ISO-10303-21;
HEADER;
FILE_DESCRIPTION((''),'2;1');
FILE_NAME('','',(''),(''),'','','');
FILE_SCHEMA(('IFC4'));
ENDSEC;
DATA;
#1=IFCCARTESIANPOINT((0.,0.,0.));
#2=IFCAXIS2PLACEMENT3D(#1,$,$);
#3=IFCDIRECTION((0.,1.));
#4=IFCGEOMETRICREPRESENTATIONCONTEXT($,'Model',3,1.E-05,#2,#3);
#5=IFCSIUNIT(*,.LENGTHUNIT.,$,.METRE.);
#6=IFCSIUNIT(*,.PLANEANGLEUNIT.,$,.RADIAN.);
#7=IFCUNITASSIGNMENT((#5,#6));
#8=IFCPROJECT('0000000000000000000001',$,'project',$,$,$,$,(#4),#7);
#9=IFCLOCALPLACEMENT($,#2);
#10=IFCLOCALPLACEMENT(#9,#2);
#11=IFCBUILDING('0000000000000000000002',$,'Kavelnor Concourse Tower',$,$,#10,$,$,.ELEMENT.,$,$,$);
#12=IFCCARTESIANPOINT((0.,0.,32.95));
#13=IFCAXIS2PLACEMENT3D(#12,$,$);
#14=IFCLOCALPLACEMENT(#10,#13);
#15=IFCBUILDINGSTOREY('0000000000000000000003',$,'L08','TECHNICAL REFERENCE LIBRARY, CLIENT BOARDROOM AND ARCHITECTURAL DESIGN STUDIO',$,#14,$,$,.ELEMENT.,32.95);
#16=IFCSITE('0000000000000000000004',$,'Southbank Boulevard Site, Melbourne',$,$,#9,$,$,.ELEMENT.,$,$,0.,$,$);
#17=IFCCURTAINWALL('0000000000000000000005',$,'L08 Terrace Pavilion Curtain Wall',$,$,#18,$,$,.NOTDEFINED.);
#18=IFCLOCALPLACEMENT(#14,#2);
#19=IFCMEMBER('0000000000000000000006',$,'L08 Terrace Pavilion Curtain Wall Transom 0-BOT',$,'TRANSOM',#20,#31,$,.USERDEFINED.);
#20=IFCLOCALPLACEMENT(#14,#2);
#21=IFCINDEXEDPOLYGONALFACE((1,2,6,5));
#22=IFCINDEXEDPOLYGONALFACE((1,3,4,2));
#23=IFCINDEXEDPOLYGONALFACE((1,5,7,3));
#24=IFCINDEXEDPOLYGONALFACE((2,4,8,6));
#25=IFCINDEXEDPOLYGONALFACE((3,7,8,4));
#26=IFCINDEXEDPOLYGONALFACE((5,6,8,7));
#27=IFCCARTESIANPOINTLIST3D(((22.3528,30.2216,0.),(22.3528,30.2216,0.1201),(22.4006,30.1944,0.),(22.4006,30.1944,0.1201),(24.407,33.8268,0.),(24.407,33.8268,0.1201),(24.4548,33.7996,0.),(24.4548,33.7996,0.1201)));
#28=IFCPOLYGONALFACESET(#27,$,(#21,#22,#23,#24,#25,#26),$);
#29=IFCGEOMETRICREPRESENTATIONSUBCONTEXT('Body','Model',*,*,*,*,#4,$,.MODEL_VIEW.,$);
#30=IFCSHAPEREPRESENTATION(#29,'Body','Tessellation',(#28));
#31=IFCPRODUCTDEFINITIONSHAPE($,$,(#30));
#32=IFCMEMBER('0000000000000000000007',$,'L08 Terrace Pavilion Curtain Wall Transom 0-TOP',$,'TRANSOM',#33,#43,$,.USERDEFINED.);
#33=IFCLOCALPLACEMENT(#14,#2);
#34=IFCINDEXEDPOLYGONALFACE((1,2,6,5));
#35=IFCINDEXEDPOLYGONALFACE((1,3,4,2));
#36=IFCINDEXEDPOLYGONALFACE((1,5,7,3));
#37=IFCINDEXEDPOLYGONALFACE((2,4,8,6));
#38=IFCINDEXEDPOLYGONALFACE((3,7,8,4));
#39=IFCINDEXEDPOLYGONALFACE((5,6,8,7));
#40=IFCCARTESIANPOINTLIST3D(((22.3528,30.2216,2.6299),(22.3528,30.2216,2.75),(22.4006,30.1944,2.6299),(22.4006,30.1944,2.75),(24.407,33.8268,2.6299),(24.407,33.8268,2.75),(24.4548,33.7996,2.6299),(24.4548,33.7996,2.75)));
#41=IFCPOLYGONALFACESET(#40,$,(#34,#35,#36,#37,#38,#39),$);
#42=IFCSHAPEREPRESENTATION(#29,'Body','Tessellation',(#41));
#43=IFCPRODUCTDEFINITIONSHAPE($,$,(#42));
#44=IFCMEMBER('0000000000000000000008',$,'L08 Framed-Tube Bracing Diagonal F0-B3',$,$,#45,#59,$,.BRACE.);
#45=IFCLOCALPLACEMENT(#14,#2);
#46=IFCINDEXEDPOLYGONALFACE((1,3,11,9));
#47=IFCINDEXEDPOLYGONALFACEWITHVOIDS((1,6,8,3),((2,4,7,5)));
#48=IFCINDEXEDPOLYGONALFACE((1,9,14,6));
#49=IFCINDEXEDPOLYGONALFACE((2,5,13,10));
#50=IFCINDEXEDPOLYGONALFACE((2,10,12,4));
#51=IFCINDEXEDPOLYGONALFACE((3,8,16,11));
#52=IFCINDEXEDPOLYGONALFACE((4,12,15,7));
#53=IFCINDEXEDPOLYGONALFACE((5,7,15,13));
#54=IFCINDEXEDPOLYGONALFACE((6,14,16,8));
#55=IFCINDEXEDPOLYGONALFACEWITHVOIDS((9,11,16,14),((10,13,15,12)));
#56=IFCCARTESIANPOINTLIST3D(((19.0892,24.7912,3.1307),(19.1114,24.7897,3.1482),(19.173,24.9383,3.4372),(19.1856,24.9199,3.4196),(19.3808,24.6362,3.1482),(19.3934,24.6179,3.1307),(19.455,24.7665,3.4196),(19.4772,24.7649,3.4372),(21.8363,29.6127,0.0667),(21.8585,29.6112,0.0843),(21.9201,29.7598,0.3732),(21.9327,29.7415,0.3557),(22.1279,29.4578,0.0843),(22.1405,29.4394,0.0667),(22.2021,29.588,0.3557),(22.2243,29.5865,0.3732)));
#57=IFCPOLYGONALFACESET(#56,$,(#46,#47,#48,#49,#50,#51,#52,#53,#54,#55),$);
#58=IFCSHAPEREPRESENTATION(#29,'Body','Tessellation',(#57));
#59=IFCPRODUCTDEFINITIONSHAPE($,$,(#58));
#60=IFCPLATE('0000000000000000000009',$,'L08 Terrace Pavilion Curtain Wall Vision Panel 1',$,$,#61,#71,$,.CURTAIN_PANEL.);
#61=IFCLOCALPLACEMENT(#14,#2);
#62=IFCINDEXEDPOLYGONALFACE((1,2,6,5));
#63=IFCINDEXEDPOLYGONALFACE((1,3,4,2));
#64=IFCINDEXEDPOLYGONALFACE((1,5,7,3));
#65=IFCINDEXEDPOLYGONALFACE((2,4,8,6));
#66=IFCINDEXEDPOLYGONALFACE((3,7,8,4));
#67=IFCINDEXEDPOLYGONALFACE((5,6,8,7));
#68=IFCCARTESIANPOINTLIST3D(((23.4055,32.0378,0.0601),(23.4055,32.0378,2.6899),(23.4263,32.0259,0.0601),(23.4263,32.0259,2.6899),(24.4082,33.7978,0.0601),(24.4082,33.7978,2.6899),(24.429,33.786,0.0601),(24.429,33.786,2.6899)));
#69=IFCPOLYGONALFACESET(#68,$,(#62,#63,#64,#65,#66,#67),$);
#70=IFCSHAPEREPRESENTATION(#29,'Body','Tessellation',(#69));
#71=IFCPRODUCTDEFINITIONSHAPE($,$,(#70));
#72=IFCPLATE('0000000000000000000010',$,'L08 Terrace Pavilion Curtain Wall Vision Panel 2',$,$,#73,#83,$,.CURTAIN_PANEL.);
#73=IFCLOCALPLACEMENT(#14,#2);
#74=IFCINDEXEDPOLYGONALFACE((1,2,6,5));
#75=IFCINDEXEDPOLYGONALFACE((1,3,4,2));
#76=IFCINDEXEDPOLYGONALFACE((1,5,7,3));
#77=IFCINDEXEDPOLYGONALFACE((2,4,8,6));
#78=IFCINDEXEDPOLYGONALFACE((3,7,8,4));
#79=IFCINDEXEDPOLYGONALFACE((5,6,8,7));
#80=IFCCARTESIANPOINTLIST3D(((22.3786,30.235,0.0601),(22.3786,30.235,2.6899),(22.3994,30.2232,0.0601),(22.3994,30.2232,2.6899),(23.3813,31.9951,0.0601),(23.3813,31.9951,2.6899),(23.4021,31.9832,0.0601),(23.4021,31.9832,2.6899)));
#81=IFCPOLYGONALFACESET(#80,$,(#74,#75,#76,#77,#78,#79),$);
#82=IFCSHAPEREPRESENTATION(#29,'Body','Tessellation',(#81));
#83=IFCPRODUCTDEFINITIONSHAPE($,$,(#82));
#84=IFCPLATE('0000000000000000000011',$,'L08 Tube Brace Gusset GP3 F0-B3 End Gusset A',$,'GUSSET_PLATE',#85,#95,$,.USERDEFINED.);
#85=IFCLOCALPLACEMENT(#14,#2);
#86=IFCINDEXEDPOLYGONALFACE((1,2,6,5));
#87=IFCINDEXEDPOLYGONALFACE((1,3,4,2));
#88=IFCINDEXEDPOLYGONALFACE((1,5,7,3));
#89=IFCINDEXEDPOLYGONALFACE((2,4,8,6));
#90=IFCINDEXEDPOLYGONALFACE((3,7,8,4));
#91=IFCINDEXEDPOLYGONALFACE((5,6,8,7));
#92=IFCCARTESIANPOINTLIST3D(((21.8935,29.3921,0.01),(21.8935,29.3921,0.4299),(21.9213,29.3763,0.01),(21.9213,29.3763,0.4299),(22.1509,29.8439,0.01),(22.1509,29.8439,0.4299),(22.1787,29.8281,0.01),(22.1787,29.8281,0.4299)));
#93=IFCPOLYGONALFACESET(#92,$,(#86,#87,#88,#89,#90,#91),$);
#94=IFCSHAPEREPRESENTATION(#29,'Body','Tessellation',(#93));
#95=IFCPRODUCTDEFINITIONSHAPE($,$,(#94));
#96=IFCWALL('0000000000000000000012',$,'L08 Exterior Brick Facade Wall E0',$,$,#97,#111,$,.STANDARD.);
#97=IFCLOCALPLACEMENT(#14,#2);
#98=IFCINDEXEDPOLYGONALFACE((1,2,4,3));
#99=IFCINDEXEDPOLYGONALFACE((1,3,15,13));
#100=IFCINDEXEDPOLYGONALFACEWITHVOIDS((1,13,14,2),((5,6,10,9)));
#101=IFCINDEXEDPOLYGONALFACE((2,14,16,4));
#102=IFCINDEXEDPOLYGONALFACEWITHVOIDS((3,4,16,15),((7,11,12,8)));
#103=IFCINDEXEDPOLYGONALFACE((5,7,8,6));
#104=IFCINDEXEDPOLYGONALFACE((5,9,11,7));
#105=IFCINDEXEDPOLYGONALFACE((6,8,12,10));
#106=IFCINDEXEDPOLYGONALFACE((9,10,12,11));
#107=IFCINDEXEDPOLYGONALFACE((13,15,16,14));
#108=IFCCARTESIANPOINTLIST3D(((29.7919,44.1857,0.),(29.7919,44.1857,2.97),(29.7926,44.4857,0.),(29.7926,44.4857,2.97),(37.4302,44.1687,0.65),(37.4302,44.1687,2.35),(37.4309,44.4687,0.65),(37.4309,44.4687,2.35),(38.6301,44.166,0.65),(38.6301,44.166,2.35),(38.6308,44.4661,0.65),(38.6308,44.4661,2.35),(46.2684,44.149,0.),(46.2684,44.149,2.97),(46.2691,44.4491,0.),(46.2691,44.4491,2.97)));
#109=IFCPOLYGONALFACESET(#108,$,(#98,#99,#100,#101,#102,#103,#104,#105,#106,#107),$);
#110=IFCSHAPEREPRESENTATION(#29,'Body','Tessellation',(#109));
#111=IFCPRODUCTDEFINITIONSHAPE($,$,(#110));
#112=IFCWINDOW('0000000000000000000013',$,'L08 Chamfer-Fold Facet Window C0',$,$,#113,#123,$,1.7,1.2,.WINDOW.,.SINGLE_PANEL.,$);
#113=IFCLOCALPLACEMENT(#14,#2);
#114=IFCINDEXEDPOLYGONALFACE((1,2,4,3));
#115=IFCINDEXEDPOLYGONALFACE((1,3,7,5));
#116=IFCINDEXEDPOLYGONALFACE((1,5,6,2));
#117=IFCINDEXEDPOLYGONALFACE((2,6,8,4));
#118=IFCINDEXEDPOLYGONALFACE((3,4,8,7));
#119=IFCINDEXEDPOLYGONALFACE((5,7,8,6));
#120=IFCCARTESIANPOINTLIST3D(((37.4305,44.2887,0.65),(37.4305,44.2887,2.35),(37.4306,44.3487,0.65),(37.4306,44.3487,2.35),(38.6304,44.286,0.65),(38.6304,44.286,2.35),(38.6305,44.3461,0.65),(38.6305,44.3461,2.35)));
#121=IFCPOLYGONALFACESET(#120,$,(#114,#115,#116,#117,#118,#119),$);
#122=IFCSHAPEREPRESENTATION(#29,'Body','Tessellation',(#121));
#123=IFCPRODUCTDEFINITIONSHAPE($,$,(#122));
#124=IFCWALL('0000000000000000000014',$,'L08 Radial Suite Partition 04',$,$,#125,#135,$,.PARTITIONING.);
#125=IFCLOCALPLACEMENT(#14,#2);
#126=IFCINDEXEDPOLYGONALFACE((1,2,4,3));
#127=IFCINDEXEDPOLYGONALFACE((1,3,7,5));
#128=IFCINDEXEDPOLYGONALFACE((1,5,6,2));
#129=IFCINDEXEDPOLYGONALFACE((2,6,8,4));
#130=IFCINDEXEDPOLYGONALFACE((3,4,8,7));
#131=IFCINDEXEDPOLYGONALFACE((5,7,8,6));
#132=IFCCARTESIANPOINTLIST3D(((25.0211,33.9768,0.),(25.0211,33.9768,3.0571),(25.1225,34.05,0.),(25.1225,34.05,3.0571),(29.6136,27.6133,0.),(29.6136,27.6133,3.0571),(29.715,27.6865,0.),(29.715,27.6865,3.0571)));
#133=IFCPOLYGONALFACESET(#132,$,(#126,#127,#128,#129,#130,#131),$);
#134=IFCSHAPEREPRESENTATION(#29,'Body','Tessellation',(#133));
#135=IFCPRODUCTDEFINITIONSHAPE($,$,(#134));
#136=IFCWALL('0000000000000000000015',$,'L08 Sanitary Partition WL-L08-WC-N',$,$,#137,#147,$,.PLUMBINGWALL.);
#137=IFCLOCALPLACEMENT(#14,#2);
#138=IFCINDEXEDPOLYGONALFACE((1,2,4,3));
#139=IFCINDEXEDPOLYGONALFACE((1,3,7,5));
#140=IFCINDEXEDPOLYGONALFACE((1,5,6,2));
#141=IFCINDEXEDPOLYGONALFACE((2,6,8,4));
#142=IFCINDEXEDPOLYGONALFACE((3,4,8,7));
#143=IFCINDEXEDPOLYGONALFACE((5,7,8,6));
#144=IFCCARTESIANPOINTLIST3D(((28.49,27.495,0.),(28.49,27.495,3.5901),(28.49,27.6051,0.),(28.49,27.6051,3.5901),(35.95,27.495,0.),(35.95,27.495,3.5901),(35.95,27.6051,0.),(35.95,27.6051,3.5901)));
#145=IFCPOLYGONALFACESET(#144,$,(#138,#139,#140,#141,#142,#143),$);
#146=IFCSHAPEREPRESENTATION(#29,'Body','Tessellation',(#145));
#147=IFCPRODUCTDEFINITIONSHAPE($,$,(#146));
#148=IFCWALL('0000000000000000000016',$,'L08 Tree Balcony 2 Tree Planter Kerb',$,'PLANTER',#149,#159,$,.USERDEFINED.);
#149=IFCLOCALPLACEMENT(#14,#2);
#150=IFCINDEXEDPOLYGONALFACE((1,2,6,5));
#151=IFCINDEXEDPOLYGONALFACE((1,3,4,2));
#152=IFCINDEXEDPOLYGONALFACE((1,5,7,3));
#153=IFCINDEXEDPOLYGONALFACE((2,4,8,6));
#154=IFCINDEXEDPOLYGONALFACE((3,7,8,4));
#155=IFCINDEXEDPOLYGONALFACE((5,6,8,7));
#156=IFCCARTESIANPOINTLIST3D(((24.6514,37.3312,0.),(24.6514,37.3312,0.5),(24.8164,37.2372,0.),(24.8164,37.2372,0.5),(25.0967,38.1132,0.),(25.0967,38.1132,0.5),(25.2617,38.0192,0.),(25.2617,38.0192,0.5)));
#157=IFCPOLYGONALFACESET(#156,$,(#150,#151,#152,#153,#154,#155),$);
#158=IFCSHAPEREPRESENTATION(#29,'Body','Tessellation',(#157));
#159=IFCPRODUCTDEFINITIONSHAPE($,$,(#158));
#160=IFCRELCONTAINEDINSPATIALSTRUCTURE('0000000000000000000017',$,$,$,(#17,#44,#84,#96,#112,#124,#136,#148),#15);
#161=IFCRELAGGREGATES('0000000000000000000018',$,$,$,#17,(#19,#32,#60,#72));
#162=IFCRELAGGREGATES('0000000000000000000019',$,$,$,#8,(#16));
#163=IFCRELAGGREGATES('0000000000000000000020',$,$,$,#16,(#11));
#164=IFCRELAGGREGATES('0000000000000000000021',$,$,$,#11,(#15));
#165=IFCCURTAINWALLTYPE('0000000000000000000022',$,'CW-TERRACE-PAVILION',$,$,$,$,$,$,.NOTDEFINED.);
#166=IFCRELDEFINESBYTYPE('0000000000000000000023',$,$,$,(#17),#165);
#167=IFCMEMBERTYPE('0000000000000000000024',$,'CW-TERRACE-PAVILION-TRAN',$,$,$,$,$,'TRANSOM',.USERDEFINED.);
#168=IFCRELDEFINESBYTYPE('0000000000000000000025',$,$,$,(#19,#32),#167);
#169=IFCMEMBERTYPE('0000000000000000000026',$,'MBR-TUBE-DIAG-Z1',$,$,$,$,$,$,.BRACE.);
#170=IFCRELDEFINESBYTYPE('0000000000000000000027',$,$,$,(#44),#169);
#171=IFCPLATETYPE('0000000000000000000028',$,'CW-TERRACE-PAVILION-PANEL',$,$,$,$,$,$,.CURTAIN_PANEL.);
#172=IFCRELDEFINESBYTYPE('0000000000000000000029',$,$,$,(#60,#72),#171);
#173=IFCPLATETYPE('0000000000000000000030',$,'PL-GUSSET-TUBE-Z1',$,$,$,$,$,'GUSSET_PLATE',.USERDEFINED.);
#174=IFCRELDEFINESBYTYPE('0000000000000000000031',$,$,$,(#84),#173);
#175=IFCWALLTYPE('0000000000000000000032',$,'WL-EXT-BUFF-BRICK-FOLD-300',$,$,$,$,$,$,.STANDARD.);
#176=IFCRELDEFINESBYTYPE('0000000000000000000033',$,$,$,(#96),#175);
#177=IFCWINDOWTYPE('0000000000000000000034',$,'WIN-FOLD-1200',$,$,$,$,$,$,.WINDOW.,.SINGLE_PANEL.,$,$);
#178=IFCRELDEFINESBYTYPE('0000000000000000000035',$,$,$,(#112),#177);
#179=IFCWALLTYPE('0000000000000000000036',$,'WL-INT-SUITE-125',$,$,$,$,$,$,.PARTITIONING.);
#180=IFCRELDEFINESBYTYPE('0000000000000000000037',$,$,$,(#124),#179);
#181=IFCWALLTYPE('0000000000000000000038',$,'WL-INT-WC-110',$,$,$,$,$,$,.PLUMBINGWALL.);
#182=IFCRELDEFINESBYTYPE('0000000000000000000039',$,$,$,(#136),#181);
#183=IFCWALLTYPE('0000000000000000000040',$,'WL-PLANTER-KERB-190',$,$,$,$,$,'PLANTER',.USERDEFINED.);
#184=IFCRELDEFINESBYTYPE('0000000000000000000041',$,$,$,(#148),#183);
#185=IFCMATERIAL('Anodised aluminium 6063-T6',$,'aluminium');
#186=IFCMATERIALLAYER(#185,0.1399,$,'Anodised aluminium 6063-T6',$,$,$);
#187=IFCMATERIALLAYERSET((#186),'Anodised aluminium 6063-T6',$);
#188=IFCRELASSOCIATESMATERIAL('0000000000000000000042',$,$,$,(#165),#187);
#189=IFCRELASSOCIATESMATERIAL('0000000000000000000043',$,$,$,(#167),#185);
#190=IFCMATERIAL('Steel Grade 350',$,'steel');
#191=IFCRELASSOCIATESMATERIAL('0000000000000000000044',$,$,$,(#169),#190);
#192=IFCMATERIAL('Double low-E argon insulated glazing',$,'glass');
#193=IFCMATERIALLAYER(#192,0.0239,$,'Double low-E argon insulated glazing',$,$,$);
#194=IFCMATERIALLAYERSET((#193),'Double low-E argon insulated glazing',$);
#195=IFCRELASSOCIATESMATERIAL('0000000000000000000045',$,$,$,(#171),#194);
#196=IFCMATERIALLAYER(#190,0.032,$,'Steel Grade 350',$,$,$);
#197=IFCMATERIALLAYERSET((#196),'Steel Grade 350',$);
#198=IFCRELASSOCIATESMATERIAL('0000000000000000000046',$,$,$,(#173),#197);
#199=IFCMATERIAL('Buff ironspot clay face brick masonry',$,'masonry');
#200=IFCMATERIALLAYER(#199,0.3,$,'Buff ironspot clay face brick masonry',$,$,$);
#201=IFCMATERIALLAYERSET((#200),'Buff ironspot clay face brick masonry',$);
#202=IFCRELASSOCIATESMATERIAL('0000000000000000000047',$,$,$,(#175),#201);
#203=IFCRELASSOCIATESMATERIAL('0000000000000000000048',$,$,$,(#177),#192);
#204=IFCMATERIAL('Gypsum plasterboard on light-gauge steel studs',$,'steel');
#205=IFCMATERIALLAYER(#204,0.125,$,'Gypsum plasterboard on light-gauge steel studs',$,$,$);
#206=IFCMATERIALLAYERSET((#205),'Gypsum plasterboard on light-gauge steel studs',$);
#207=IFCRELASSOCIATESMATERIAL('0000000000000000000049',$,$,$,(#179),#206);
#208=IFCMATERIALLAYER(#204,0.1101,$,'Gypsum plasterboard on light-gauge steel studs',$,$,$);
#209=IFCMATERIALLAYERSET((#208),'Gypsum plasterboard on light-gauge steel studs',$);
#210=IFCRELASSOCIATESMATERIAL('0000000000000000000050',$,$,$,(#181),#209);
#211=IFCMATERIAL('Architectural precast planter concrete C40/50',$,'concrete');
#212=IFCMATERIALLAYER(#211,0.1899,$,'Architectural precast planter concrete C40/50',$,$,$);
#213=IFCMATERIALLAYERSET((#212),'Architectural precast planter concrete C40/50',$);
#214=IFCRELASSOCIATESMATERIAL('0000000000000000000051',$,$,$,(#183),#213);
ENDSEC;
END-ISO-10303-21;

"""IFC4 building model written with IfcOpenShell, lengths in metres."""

from ifc_helpers import new_model, si_unit, direction, frame, frame_2d, origin, origin_2d, place, context, subcontext, project, spatial, rectangle, hollow_rectangle, extrude, material, layer, layer_set, material_profile, profile_set, type_object, element, fill, aggregate, save


model = new_model("IFC4")

# Units and contexts
model_context = context("Model", 3, precision=1e-05, world=origin(), true_north=direction((0.0, 1.0)))
body_context = subcontext(model_context, "Body", "Model", "MODEL_VIEW")
ifc_project = project(units=[si_unit("LENGTHUNIT", "METRE"), si_unit("PLANEANGLEUNIT", "RADIAN")], contexts=[model_context])

# Site, building, storey
site_placement = place(None, origin())
site = spatial("IfcSite", under=ifc_project, at=site_placement, Name="Southbank Boulevard Site, Melbourne", CompositionType="ELEMENT", RefElevation=0.0)
building_placement = place(site_placement, origin())
building = spatial("IfcBuilding", under=site, at=building_placement, Name="Kavelnor Concourse Tower", CompositionType="ELEMENT")
storey_placement = place(building_placement, frame((0.0, 0.0, 32.95)))
storey = spatial("IfcBuildingStorey", under=building, at=storey_placement, Name="L08", Description="TECHNICAL REFERENCE LIBRARY, CLIENT BOARDROOM AND ARCHITECTURAL DESIGN STUDIO", CompositionType="ELEMENT", Elevation=32.95)

# Shared definitions
ifc_material_1 = material(Name="Steel Grade 350", Category="steel")

# Curtain wall, members
ifc_material_2 = material(Name="Anodised aluminium 6063-T6", Category="aluminium")
ifc_layer_1 = layer(ifc_material_2, 0.1399, Name="Anodised aluminium 6063-T6")
ifc_layer_set_1 = layer_set([ifc_layer_1], Name="Anodised aluminium 6063-T6")
curtain_wall_type = type_object("IfcCurtainWallType", Name="CW-TERRACE-PAVILION", PredefinedType="NOTDEFINED", material=ifc_layer_set_1)
curtain_wall_placement = place(storey_placement, origin())
curtain_wall = element("IfcCurtainWall", 1, at=curtain_wall_placement, inside=storey, type_object=curtain_wall_type, Name="L08 Terrace Pavilion Curtain Wall", PredefinedType="NOTDEFINED")
ifc_material_profile_1 = material_profile(ifc_material_2, rectangle(XDim=0.0549, YDim=0.1201, at=origin_2d()), Name="AL-TRAN 55x120")
ifc_profile_set_1 = profile_set([ifc_material_profile_1], Name="Anodised aluminium 6063-T6")
member_type_1 = type_object("IfcMemberType", Name="CW-TERRACE-PAVILION-TRAN", ElementType="TRANSOM", PredefinedType="USERDEFINED", material=ifc_profile_set_1)
member_1_placement = place(storey_placement, frame((24.4309, 33.8132, 0.0601), z_axis=(-0.495061, -0.868858, 0.0), x_axis=(0.868858, -0.495061, 0.0)))
member_1 = element("IfcMember", 2, at=member_1_placement, type_object=member_type_1, Name="L08 Terrace Pavilion Curtain Wall Transom 0-BOT", ObjectType="TRANSOM", PredefinedType="USERDEFINED", context=body_context, shape_type="SweptSolid", body=[
    extrude(rectangle(XDim=0.0549, YDim=0.1201, at=origin_2d()), origin(), (0.0, 0.0, 1.0), 4.1494),
])
member_2_placement = place(storey_placement, frame((24.4309, 33.8132, 2.6899), z_axis=(-0.495061, -0.868858, 0.0), x_axis=(0.868858, -0.495061, 0.0)))
member_2 = element("IfcMember", 3, at=member_2_placement, type_object=member_type_1, Name="L08 Terrace Pavilion Curtain Wall Transom 0-TOP", ObjectType="TRANSOM", PredefinedType="USERDEFINED", context=body_context, shape_type="SweptSolid", body=[
    extrude(rectangle(XDim=0.0549, YDim=0.1201, at=origin_2d()), origin(), (0.0, 0.0, 1.0), 4.1494),
])

# Member
ifc_material_profile_2 = material_profile(ifc_material_1, hollow_rectangle(XDim=0.3501, YDim=0.3501, WallThickness=0.02, at=origin_2d()), Name="SHS 350x350x20")
ifc_profile_set_2 = profile_set([ifc_material_profile_2], Name="Steel Grade 350")
member_type_2 = type_object("IfcMemberType", Name="MBR-TUBE-DIAG-Z1", PredefinedType="BRACE", material=ifc_profile_set_2)
member_3_placement = place(storey_placement, frame((22.0303, 29.5996, 0.22), z_axis=(-0.433368, -0.760628, 0.48336), x_axis=(0.868871, -0.495039, 0.0)))
element("IfcMember", 4, at=member_3_placement, inside=storey, type_object=member_type_2, Name="L08 Framed-Tube Bracing Diagonal F0-B3", PredefinedType="BRACE", context=body_context, shape_type="SweptSolid", body=[
    extrude(hollow_rectangle(XDim=0.3501, YDim=0.3501, WallThickness=0.02, at=origin_2d()), origin(), (0.0, 0.0, 1.0), 6.3389),
])

# Plates
ifc_material_3 = material(Name="Double low-E argon insulated glazing", Category="glass")
ifc_layer_2 = layer(ifc_material_3, 0.0239, Name="Double low-E argon insulated glazing")
ifc_layer_set_2 = layer_set([ifc_layer_2], Name="Double low-E argon insulated glazing")
plate_type_1 = type_object("IfcPlateType", Name="CW-TERRACE-PAVILION-PANEL", PredefinedType="CURTAIN_PANEL", material=ifc_layer_set_2)
plate_1_placement = place(storey_placement, frame((23.9172, 32.9119, 0.0601), z_axis=(0.0, 0.0, 1.0), x_axis=(-0.495004, -0.868891, 0.0)))
plate_1 = element("IfcPlate", 5, at=plate_1_placement, type_object=plate_type_1, Name="L08 Terrace Pavilion Curtain Wall Vision Panel 1", PredefinedType="CURTAIN_PANEL", context=body_context, shape_type="SweptSolid", body=[
    extrude(rectangle(XDim=2.0256, YDim=0.0239, at=origin_2d()), origin(), (0.0, 0.0, 1.0), 2.6299),
])
plate_2_placement = place(storey_placement, frame((22.8904, 31.1091, 0.0601), z_axis=(0.0, 0.0, 1.0), x_axis=(-0.495004, -0.868891, 0.0)))
plate_2 = element("IfcPlate", 6, at=plate_2_placement, type_object=plate_type_1, Name="L08 Terrace Pavilion Curtain Wall Vision Panel 2", PredefinedType="CURTAIN_PANEL", context=body_context, shape_type="SweptSolid", body=[
    extrude(rectangle(XDim=2.0256, YDim=0.0239, at=origin_2d()), origin(), (0.0, 0.0, 1.0), 2.6299),
])
aggregate(curtain_wall, [member_1, member_2, plate_1, plate_2])
ifc_layer_3 = layer(ifc_material_1, 0.032, Name="Steel Grade 350")
ifc_layer_set_3 = layer_set([ifc_layer_3], Name="Steel Grade 350")
plate_type_2 = type_object("IfcPlateType", Name="PL-GUSSET-TUBE-Z1", ElementType="GUSSET_PLATE", PredefinedType="USERDEFINED", material=ifc_layer_set_3)
plate_3_placement = place(storey_placement, frame((22.0361, 29.6101, 0.01), z_axis=(0.0, 0.0, 1.0), x_axis=(-0.495004, -0.868891, 0.0)))
element("IfcPlate", 7, at=plate_3_placement, inside=storey, type_object=plate_type_2, Name="L08 Tube Brace Gusset GP3 F0-B3 End Gusset A", ObjectType="GUSSET_PLATE", PredefinedType="USERDEFINED", context=body_context, shape_type="SweptSolid", body=[
    extrude(rectangle(XDim=0.52, YDim=0.032, at=origin_2d()), origin(), (0.0, 0.0, 1.0), 0.4199),
])

# Wall, opening, window
ifc_material_4 = material(Name="Buff ironspot clay face brick masonry", Category="masonry")
ifc_layer_4 = layer(ifc_material_4, 0.3, Name="Buff ironspot clay face brick masonry")
ifc_layer_set_4 = layer_set([ifc_layer_4], Name="Buff ironspot clay face brick masonry")
wall_type_1 = type_object("IfcWallType", Name="WL-EXT-BUFF-BRICK-FOLD-300", PredefinedType="STANDARD", material=ifc_layer_set_4)
wall_1_placement = place(storey_placement, frame((29.7922, 44.3357, 0.0), z_axis=(0.0, 0.0, 1.0), x_axis=(0.999998, -0.002223, 0.0)))
wall_1 = element("IfcWall", 8, at=wall_1_placement, inside=storey, type_object=wall_type_1, Name="L08 Exterior Brick Facade Wall E0", PredefinedType="STANDARD", context=body_context, shape_type="SweptSolid", body=[
    extrude(rectangle(XDim=16.4766, YDim=0.3, at=frame_2d((8.2383, 0.0))), origin(), (0.0, 0.0, 1.0), 2.97),
])
opening_placement = place(wall_1_placement, frame((7.6382, 0.0, 0.6499)))
opening = element("IfcOpeningElement", 9, at=opening_placement, cuts=wall_1, PredefinedType="OPENING", context=body_context, shape_type="SweptSolid", body=[
    extrude(rectangle(XDim=1.2, YDim=1.7, at=frame_2d((0.6001, 0.8501))), frame((0.0, 0.1602, 0.0), z_axis=(0.0, -1.0, 0.0), x_axis=(1.0, 0.0, 0.0)), (0.0, 0.0, 1.0), 0.3201),
])
window_type = type_object("IfcWindowType", Name="WIN-FOLD-1200", PartitioningType="SINGLE_PANEL", PredefinedType="WINDOW", material=ifc_material_3)
window_placement = place(opening_placement, origin())
window = element("IfcWindow", 10, at=window_placement, inside=storey, type_object=window_type, Name="L08 Chamfer-Fold Facet Window C0", OverallHeight=1.7, OverallWidth=1.2, PartitioningType="SINGLE_PANEL", PredefinedType="WINDOW", context=body_context, shape_type="SweptSolid", body=[
    extrude(rectangle(XDim=1.2, YDim=1.7, at=frame_2d((0.6001, 0.8501))), frame((0.0, 0.03, 0.0), z_axis=(0.0, -1.0, 0.0), x_axis=(1.0, 0.0, 0.0)), (0.0, 0.0, 1.0), 0.0601),
])
fill(opening, window)

# Walls
ifc_material_5 = material(Name="Gypsum plasterboard on light-gauge steel studs", Category="steel")
ifc_layer_5 = layer(ifc_material_5, 0.125, Name="Gypsum plasterboard on light-gauge steel studs")
ifc_layer_set_5 = layer_set([ifc_layer_5], Name="Gypsum plasterboard on light-gauge steel studs")
wall_type_2 = type_object("IfcWallType", Name="WL-INT-SUITE-125", PredefinedType="PARTITIONING", material=ifc_layer_set_5)
wall_2_placement = place(storey_placement, frame((29.6643, 27.6499, 0.0), z_axis=(0.0, 0.0, 1.0), x_axis=(-0.58521, 0.810882, 0.0)))
element("IfcWall", 11, at=wall_2_placement, inside=storey, type_object=wall_type_2, Name="L08 Radial Suite Partition 04", PredefinedType="PARTITIONING", context=body_context, shape_type="SweptSolid", body=[
    extrude(rectangle(XDim=7.8477, YDim=0.125, at=frame_2d((3.9238, 0.0))), origin(), (0.0, 0.0, 1.0), 3.0571),
])
ifc_layer_6 = layer(ifc_material_5, 0.1101, Name="Gypsum plasterboard on light-gauge steel studs")
ifc_layer_set_6 = layer_set([ifc_layer_6], Name="Gypsum plasterboard on light-gauge steel studs")
wall_type_3 = type_object("IfcWallType", Name="WL-INT-WC-110", PredefinedType="PLUMBINGWALL", material=ifc_layer_set_6)
wall_3_placement = place(storey_placement, frame((28.49, 27.55, 0.0), z_axis=(0.0, 0.0, 1.0), x_axis=(1.0, 0.0, 0.0)))
element("IfcWall", 12, at=wall_3_placement, inside=storey, type_object=wall_type_3, Name="L08 Sanitary Partition WL-L08-WC-N", PredefinedType="PLUMBINGWALL", context=body_context, shape_type="SweptSolid", body=[
    extrude(rectangle(XDim=7.46, YDim=0.1101, at=frame_2d((3.73, 0.0))), origin(), (0.0, 0.0, 1.0), 3.5901),
])
ifc_material_6 = material(Name="Architectural precast planter concrete C40/50", Category="concrete")
ifc_layer_7 = layer(ifc_material_6, 0.1899, Name="Architectural precast planter concrete C40/50")
ifc_layer_set_7 = layer_set([ifc_layer_7], Name="Architectural precast planter concrete C40/50")
wall_type_4 = type_object("IfcWallType", Name="WL-PLANTER-KERB-190", ElementType="PLANTER", PredefinedType="USERDEFINED", material=ifc_layer_set_7)
wall_4_placement = place(storey_placement, frame((25.1792, 38.0662, 0.0), z_axis=(0.0, 0.0, 1.0), x_axis=(-0.494853, -0.868977, 0.0)))
element("IfcWall", 13, at=wall_4_placement, inside=storey, type_object=wall_type_4, Name="L08 Tree Balcony 2 Tree Planter Kerb", ObjectType="PLANTER", PredefinedType="USERDEFINED", context=body_context, shape_type="SweptSolid", body=[
    extrude(rectangle(XDim=0.8999, YDim=0.1899, at=frame_2d((0.45, 0.0))), origin(), (0.0, 0.0, 1.0), 0.5),
])

save(model, "model.ifc")
